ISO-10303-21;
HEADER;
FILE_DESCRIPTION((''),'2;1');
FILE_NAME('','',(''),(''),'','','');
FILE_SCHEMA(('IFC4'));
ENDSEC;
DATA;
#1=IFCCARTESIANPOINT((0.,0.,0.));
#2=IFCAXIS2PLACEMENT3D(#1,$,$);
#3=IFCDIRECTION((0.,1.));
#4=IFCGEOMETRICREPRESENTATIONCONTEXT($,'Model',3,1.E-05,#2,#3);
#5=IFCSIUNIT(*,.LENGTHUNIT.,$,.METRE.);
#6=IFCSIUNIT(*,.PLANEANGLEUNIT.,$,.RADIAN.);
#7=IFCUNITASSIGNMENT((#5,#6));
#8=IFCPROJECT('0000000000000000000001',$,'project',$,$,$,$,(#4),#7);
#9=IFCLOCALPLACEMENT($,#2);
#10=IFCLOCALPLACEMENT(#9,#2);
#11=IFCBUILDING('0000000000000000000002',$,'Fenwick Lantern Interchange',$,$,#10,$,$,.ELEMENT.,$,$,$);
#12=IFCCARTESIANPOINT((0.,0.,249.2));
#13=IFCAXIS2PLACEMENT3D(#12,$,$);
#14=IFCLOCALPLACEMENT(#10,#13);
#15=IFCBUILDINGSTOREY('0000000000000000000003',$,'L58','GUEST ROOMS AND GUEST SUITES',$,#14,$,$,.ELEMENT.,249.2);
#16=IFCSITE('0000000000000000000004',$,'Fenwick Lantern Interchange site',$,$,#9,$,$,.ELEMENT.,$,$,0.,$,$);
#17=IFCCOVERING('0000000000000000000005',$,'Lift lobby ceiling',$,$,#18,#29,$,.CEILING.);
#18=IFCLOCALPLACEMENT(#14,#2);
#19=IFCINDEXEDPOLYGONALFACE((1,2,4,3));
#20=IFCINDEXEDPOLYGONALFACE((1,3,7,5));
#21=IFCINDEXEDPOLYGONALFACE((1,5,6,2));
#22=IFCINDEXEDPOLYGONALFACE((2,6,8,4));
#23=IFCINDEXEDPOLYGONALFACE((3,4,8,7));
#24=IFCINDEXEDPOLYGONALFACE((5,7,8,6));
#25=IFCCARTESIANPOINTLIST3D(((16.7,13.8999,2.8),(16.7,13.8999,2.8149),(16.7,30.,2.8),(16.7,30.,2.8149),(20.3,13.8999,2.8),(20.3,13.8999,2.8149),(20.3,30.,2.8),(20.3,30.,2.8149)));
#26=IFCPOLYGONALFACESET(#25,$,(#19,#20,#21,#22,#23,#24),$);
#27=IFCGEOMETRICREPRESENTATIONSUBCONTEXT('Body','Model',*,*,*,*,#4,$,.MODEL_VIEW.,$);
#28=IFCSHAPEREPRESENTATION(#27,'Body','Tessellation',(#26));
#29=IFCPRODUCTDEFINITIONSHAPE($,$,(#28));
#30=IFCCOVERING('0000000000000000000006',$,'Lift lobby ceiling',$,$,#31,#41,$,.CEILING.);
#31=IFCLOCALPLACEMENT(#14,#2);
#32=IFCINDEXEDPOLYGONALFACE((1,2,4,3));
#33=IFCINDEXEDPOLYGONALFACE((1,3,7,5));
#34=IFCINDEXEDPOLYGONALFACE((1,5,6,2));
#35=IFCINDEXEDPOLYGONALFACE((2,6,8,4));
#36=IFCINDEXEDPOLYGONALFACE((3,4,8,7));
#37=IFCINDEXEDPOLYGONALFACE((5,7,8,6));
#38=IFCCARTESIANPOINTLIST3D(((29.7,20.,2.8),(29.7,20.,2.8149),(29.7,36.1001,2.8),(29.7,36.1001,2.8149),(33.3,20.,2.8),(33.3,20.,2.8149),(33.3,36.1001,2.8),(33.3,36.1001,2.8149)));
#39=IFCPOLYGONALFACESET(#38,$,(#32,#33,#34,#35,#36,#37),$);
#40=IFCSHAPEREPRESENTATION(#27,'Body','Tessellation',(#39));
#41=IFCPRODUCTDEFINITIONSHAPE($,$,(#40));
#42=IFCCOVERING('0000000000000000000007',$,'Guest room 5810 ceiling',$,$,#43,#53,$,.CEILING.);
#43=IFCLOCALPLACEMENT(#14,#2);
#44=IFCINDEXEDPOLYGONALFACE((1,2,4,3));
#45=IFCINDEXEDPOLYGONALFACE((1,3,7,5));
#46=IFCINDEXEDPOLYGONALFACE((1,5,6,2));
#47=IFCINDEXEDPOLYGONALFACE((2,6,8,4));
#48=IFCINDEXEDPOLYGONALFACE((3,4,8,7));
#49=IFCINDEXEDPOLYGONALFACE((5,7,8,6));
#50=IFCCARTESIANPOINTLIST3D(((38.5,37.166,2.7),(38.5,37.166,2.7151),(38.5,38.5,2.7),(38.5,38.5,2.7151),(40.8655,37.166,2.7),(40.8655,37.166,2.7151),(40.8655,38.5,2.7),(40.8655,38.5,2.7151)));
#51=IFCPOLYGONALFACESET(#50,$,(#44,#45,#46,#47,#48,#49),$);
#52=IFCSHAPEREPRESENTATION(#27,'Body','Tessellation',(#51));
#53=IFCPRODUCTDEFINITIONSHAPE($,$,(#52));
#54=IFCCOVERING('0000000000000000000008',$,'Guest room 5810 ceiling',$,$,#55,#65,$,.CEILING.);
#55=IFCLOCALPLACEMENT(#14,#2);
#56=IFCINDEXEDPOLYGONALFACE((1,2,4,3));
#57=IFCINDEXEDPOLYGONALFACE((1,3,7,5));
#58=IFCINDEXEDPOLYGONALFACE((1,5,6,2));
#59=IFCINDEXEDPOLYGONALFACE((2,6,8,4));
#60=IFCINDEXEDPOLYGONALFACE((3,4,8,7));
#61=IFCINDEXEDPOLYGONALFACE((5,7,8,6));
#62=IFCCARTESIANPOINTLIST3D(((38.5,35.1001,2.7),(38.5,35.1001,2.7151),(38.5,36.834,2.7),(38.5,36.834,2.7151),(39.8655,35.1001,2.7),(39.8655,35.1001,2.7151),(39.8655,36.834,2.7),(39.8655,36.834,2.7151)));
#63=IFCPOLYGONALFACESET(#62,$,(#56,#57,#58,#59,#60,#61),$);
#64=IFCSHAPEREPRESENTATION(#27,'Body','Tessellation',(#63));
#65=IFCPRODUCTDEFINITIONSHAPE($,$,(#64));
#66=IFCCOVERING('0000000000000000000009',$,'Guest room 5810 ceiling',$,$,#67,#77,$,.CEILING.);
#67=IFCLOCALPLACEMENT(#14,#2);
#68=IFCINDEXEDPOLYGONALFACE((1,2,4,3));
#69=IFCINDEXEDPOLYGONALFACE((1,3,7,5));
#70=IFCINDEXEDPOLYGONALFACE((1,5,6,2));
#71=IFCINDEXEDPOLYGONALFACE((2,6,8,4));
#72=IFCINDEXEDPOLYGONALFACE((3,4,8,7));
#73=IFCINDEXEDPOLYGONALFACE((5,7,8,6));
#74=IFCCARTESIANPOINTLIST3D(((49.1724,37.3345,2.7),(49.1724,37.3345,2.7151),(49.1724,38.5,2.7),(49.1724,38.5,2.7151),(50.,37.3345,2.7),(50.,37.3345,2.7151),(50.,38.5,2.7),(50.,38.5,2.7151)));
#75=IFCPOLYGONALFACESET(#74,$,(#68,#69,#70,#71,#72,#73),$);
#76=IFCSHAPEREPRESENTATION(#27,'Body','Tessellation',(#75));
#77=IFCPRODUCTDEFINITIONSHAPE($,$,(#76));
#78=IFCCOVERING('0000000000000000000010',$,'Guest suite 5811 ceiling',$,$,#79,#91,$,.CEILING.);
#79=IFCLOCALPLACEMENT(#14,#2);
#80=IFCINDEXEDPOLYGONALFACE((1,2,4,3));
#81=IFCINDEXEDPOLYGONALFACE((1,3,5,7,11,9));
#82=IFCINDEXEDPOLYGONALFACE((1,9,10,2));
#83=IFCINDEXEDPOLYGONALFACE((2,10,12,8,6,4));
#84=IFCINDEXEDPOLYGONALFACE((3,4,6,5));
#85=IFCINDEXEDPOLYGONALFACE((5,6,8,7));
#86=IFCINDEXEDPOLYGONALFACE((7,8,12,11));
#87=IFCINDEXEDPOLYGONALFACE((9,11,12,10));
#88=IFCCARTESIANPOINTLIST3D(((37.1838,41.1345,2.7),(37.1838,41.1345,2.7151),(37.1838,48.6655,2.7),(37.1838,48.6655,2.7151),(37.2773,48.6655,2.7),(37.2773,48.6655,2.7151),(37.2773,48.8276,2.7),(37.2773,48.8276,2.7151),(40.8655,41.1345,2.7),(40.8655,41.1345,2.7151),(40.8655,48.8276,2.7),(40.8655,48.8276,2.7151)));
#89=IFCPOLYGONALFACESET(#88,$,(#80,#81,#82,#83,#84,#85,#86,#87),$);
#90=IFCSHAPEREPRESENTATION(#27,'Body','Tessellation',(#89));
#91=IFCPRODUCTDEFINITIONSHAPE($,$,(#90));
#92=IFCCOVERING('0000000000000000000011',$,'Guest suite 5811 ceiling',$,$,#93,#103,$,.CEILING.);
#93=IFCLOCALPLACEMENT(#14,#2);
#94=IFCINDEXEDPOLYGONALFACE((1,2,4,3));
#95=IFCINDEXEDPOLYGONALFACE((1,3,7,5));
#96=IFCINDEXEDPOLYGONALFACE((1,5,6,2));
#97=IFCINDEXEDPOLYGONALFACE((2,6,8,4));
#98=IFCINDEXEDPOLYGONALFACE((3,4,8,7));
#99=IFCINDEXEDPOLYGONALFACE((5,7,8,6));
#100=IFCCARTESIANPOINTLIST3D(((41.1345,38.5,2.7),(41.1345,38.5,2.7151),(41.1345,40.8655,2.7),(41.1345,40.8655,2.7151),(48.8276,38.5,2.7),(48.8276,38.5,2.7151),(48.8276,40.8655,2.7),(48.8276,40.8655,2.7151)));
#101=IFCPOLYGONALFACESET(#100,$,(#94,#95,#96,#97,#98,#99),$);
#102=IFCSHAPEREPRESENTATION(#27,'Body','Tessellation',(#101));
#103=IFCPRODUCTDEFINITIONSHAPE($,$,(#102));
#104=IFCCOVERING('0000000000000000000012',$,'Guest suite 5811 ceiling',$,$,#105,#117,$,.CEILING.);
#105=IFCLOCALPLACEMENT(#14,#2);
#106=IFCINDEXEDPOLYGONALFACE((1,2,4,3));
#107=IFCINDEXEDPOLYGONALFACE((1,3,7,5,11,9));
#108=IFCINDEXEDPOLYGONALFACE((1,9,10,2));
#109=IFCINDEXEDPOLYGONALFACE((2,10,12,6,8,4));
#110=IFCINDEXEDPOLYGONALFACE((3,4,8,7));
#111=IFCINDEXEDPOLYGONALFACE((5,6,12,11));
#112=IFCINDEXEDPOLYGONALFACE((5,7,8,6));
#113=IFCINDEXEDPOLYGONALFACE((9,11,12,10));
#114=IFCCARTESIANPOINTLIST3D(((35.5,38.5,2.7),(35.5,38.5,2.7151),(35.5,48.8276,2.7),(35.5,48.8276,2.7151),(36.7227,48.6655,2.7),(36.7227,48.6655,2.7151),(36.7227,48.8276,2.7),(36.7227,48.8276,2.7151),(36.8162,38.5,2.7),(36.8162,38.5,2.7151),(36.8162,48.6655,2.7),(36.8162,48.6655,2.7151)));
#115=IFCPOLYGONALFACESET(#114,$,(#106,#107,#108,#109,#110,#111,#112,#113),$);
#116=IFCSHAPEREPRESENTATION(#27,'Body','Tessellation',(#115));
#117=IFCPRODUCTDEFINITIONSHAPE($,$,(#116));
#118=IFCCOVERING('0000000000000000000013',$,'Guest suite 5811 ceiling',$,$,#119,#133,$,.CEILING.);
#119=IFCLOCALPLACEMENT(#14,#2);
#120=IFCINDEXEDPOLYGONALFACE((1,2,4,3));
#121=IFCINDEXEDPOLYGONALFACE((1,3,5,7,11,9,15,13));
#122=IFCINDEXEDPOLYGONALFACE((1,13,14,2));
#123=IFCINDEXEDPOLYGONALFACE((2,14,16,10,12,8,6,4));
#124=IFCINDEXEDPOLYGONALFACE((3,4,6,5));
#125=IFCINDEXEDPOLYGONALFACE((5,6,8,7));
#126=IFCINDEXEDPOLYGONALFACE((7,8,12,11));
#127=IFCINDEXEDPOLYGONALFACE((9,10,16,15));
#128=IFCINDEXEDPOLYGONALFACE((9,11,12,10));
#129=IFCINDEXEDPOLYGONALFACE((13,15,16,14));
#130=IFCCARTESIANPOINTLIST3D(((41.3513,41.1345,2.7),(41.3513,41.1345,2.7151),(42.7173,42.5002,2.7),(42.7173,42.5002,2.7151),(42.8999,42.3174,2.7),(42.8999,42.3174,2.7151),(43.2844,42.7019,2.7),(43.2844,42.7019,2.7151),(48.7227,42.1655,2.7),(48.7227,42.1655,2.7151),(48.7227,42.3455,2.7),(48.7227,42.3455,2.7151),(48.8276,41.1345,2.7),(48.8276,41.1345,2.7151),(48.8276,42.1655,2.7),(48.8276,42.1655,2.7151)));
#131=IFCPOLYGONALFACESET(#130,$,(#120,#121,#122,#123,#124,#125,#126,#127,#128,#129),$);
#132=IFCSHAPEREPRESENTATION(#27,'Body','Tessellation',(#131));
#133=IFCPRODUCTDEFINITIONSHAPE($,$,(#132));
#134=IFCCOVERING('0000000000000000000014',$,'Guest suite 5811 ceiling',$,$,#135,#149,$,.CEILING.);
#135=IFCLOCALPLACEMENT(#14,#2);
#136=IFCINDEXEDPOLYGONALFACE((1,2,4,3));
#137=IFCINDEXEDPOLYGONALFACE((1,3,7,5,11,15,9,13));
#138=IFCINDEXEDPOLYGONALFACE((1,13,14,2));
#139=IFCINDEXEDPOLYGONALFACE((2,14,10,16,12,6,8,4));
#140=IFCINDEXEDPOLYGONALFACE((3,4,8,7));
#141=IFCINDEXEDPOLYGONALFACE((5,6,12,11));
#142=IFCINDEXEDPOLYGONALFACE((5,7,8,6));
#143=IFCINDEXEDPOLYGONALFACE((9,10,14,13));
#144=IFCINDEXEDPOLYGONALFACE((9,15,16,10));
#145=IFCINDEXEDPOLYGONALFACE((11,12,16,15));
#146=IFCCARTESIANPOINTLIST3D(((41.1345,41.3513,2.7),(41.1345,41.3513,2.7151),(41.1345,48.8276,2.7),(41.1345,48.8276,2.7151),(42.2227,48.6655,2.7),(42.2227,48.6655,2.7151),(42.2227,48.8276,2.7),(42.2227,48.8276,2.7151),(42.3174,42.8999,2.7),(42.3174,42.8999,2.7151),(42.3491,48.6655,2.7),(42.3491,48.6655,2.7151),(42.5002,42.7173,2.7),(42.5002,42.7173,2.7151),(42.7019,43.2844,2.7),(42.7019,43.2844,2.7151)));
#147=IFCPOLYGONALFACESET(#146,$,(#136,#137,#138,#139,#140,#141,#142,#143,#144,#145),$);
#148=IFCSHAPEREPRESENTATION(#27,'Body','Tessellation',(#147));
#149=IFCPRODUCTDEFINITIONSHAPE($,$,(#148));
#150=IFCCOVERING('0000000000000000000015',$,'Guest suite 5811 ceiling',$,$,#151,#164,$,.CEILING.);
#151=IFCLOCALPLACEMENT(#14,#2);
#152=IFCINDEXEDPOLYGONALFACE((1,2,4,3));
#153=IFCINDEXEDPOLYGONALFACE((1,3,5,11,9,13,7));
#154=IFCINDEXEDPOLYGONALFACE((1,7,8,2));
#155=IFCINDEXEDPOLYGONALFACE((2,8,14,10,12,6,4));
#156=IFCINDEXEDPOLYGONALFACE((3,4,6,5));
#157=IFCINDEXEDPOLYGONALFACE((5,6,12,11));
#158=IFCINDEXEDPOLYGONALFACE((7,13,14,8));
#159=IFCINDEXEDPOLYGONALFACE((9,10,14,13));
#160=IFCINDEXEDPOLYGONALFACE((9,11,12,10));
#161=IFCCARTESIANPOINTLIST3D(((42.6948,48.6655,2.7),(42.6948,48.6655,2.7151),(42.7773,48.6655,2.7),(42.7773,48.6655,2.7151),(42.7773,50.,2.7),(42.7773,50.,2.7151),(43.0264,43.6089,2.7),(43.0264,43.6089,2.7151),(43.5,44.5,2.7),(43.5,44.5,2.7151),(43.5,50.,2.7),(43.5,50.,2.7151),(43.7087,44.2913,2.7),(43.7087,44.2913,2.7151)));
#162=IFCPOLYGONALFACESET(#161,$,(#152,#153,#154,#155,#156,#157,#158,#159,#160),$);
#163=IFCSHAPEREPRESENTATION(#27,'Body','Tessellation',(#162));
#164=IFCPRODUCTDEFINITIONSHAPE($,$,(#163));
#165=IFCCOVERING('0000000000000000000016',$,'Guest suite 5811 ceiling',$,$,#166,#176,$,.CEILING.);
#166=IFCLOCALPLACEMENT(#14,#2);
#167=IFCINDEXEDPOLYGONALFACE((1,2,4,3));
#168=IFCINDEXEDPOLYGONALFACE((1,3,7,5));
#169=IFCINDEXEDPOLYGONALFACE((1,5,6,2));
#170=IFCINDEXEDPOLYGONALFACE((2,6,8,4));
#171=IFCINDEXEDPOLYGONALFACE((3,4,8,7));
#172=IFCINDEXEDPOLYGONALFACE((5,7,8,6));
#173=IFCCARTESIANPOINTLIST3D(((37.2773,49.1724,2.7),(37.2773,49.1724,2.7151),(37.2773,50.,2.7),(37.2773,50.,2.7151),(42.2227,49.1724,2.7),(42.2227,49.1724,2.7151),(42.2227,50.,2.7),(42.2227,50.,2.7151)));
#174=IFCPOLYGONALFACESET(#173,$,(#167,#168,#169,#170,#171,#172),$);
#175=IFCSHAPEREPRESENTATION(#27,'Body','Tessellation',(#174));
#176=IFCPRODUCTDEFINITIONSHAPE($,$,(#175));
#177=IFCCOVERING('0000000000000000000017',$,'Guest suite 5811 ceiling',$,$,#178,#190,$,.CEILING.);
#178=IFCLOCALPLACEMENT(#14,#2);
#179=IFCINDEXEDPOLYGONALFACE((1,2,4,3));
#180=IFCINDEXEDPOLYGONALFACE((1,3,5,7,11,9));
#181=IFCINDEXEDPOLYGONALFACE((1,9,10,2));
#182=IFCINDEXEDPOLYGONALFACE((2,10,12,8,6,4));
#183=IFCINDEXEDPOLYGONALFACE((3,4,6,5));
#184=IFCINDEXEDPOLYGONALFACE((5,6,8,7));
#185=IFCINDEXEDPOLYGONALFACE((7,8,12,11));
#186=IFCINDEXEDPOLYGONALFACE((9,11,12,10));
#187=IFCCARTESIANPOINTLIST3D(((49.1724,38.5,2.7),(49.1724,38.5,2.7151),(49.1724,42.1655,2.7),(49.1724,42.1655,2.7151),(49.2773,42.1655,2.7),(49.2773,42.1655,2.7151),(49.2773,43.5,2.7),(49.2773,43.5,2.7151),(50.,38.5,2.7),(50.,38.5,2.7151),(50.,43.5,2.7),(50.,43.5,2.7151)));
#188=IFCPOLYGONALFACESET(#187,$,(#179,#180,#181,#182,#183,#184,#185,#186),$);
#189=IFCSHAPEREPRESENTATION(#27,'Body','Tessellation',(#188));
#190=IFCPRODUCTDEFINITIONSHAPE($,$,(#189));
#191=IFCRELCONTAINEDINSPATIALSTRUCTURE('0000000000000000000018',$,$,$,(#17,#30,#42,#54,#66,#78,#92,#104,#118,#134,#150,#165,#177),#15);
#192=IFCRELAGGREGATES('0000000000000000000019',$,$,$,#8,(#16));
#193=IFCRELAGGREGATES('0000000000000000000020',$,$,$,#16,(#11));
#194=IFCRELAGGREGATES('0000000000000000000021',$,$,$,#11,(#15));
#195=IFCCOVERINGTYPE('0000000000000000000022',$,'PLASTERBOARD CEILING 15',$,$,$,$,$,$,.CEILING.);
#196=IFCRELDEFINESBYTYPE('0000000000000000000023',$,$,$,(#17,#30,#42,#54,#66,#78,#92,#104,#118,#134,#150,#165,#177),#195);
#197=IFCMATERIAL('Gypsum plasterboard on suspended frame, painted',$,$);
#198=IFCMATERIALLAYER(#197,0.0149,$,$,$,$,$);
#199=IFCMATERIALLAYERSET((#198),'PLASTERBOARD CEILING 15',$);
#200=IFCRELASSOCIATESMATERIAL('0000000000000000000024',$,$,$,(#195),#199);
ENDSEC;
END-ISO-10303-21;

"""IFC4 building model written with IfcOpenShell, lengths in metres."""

from ifc_helpers import new_model, si_unit, direction, frame, origin, place, context, subcontext, project, spatial, polyline, outline, extrude, material, layer, layer_set, type_object, element, save


model = new_model("IFC4")

# Units and contexts
model_context = context("Model", 3, precision=1e-05, world=origin(), true_north=direction((0.0, 1.0)))
body_context = subcontext(model_context, "Body", "Model", "MODEL_VIEW")
ifc_project = project(units=[si_unit("LENGTHUNIT", "METRE"), si_unit("PLANEANGLEUNIT", "RADIAN")], contexts=[model_context])

# Site, building, storey
site_placement = place(None, origin())
site = spatial("IfcSite", under=ifc_project, at=site_placement, Name="Fenwick Lantern Interchange site", CompositionType="ELEMENT", RefElevation=0.0)
building_placement = place(site_placement, origin())
building = spatial("IfcBuilding", under=site, at=building_placement, Name="Fenwick Lantern Interchange", CompositionType="ELEMENT")
storey_placement = place(building_placement, frame((0.0, 0.0, 249.2)))
storey = spatial("IfcBuildingStorey", under=building, at=storey_placement, Name="L58", Description="GUEST ROOMS AND GUEST SUITES", CompositionType="ELEMENT", Elevation=249.2)

# Coverings
ifc_material = material(Name="Gypsum plasterboard on suspended frame, painted")
ifc_layer = layer(ifc_material, 0.0149)
ifc_layer_set = layer_set([ifc_layer], Name="PLASTERBOARD CEILING 15")
covering_type = type_object("IfcCoveringType", Name="PLASTERBOARD CEILING 15", PredefinedType="CEILING", material=ifc_layer_set)
covering_1_placement = place(storey_placement, frame((0.0, 0.0, 2.8)))
element("IfcCovering", 1, at=covering_1_placement, inside=storey, type_object=covering_type, Name="Lift lobby ceiling", PredefinedType="CEILING", context=body_context, shape_type="SweptSolid", body=[
    extrude(outline(polyline([(16.7, 13.8999), (20.3, 13.8999), (20.3, 30.0), (16.7, 30.0), (16.7, 13.8999)])), origin(), (0.0, 0.0, 1.0), 0.0149),
])
covering_2_placement = place(storey_placement, frame((0.0, 0.0, 2.8)))
element("IfcCovering", 2, at=covering_2_placement, inside=storey, type_object=covering_type, Name="Lift lobby ceiling", PredefinedType="CEILING", context=body_context, shape_type="SweptSolid", body=[
    extrude(outline(polyline([(33.3, 36.1001), (29.7, 36.1001), (29.7, 20.0), (33.3, 20.0), (33.3, 36.1001)])), origin(), (0.0, 0.0, 1.0), 0.0149),
])
covering_3_placement = place(storey_placement, frame((0.0, 0.0, 2.7)))
element("IfcCovering", 3, at=covering_3_placement, inside=storey, type_object=covering_type, Name="Guest room 5810 ceiling", PredefinedType="CEILING", context=body_context, shape_type="SweptSolid", body=[
    extrude(outline(polyline([(38.5, 38.5), (38.5, 37.166), (40.8655, 37.166), (40.8655, 38.5), (38.5, 38.5)])), origin(), (0.0, 0.0, 1.0), 0.0151),
])
covering_4_placement = place(storey_placement, frame((0.0, 0.0, 2.7)))
element("IfcCovering", 4, at=covering_4_placement, inside=storey, type_object=covering_type, Name="Guest room 5810 ceiling", PredefinedType="CEILING", context=body_context, shape_type="SweptSolid", body=[
    extrude(outline(polyline([(38.5, 35.1001), (39.8655, 35.1001), (39.8655, 36.834), (38.5, 36.834), (38.5, 35.1001)])), origin(), (0.0, 0.0, 1.0), 0.0151),
])
covering_5_placement = place(storey_placement, frame((0.0, 0.0, 2.7)))
element("IfcCovering", 5, at=covering_5_placement, inside=storey, type_object=covering_type, Name="Guest room 5810 ceiling", PredefinedType="CEILING", context=body_context, shape_type="SweptSolid", body=[
    extrude(outline(polyline([(50.0, 37.3345), (50.0, 38.5), (49.1724, 38.5), (49.1724, 37.3345), (50.0, 37.3345)])), origin(), (0.0, 0.0, 1.0), 0.0151),
])
covering_6_placement = place(storey_placement, frame((0.0, 0.0, 2.7)))
element("IfcCovering", 6, at=covering_6_placement, inside=storey, type_object=covering_type, Name="Guest suite 5811 ceiling", PredefinedType="CEILING", context=body_context, shape_type="SweptSolid", body=[
    extrude(outline(polyline([(37.2773, 48.6655), (37.1838, 48.6655), (37.1838, 41.1345), (40.8655, 41.1345), (40.8655, 48.8276), (37.2773, 48.8276), (37.2773, 48.6655)])), origin(), (0.0, 0.0, 1.0), 0.0151),
])
covering_7_placement = place(storey_placement, frame((0.0, 0.0, 2.7)))
element("IfcCovering", 7, at=covering_7_placement, inside=storey, type_object=covering_type, Name="Guest suite 5811 ceiling", PredefinedType="CEILING", context=body_context, shape_type="SweptSolid", body=[
    extrude(outline(polyline([(41.1345, 38.5), (48.8276, 38.5), (48.8276, 40.8655), (41.1345, 40.8655), (41.1345, 38.5)])), origin(), (0.0, 0.0, 1.0), 0.0151),
])
covering_8_placement = place(storey_placement, frame((0.0, 0.0, 2.7)))
element("IfcCovering", 8, at=covering_8_placement, inside=storey, type_object=covering_type, Name="Guest suite 5811 ceiling", PredefinedType="CEILING", context=body_context, shape_type="SweptSolid", body=[
    extrude(outline(polyline([(35.5, 38.5), (36.8162, 38.5), (36.8162, 48.6655), (36.7227, 48.6655), (36.7227, 48.8276), (35.5, 48.8276), (35.5, 38.5)])), origin(), (0.0, 0.0, 1.0), 0.0151),
])
covering_9_placement = place(storey_placement, frame((0.0, 0.0, 2.7)))
element("IfcCovering", 9, at=covering_9_placement, inside=storey, type_object=covering_type, Name="Guest suite 5811 ceiling", PredefinedType="CEILING", context=body_context, shape_type="SweptSolid", body=[
    extrude(outline(polyline([(42.8999, 42.3174), (42.7173, 42.5002), (41.3513, 41.1345), (48.8276, 41.1345), (48.8276, 42.1655), (48.7227, 42.1655), (48.7227, 42.3455), (43.2844, 42.7019), (42.8999, 42.3174)])), origin(), (0.0, 0.0, 1.0), 0.0151),
])
covering_10_placement = place(storey_placement, frame((0.0, 0.0, 2.7)))
element("IfcCovering", 10, at=covering_10_placement, inside=storey, type_object=covering_type, Name="Guest suite 5811 ceiling", PredefinedType="CEILING", context=body_context, shape_type="SweptSolid", body=[
    extrude(outline(polyline([(42.2227, 48.6655), (42.2227, 48.8276), (41.1345, 48.8276), (41.1345, 41.3513), (42.5002, 42.7173), (42.3174, 42.8999), (42.7019, 43.2844), (42.3491, 48.6655), (42.2227, 48.6655)])), origin(), (0.0, 0.0, 1.0), 0.0151),
])
covering_11_placement = place(storey_placement, frame((0.0, 0.0, 2.7)))
element("IfcCovering", 11, at=covering_11_placement, inside=storey, type_object=covering_type, Name="Guest suite 5811 ceiling", PredefinedType="CEILING", context=body_context, shape_type="SweptSolid", body=[
    extrude(outline(polyline([(42.7773, 48.6655), (42.6948, 48.6655), (43.0264, 43.6089), (43.7087, 44.2913), (43.5, 44.5), (43.5, 50.0), (42.7773, 50.0), (42.7773, 48.6655)])), origin(), (0.0, 0.0, 1.0), 0.0151),
])
covering_12_placement = place(storey_placement, frame((0.0, 0.0, 2.7)))
element("IfcCovering", 12, at=covering_12_placement, inside=storey, type_object=covering_type, Name="Guest suite 5811 ceiling", PredefinedType="CEILING", context=body_context, shape_type="SweptSolid", body=[
    extrude(outline(polyline([(37.2773, 50.0), (37.2773, 49.1724), (42.2227, 49.1724), (42.2227, 50.0), (37.2773, 50.0)])), origin(), (0.0, 0.0, 1.0), 0.0151),
])
covering_13_placement = place(storey_placement, frame((0.0, 0.0, 2.7)))
element("IfcCovering", 13, at=covering_13_placement, inside=storey, type_object=covering_type, Name="Guest suite 5811 ceiling", PredefinedType="CEILING", context=body_context, shape_type="SweptSolid", body=[
    extrude(outline(polyline([(49.2773, 43.5), (49.2773, 42.1655), (49.1724, 42.1655), (49.1724, 38.5), (50.0, 38.5), (50.0, 43.5), (49.2773, 43.5)])), origin(), (0.0, 0.0, 1.0), 0.0151),
])

save(model, "model.ifc")
